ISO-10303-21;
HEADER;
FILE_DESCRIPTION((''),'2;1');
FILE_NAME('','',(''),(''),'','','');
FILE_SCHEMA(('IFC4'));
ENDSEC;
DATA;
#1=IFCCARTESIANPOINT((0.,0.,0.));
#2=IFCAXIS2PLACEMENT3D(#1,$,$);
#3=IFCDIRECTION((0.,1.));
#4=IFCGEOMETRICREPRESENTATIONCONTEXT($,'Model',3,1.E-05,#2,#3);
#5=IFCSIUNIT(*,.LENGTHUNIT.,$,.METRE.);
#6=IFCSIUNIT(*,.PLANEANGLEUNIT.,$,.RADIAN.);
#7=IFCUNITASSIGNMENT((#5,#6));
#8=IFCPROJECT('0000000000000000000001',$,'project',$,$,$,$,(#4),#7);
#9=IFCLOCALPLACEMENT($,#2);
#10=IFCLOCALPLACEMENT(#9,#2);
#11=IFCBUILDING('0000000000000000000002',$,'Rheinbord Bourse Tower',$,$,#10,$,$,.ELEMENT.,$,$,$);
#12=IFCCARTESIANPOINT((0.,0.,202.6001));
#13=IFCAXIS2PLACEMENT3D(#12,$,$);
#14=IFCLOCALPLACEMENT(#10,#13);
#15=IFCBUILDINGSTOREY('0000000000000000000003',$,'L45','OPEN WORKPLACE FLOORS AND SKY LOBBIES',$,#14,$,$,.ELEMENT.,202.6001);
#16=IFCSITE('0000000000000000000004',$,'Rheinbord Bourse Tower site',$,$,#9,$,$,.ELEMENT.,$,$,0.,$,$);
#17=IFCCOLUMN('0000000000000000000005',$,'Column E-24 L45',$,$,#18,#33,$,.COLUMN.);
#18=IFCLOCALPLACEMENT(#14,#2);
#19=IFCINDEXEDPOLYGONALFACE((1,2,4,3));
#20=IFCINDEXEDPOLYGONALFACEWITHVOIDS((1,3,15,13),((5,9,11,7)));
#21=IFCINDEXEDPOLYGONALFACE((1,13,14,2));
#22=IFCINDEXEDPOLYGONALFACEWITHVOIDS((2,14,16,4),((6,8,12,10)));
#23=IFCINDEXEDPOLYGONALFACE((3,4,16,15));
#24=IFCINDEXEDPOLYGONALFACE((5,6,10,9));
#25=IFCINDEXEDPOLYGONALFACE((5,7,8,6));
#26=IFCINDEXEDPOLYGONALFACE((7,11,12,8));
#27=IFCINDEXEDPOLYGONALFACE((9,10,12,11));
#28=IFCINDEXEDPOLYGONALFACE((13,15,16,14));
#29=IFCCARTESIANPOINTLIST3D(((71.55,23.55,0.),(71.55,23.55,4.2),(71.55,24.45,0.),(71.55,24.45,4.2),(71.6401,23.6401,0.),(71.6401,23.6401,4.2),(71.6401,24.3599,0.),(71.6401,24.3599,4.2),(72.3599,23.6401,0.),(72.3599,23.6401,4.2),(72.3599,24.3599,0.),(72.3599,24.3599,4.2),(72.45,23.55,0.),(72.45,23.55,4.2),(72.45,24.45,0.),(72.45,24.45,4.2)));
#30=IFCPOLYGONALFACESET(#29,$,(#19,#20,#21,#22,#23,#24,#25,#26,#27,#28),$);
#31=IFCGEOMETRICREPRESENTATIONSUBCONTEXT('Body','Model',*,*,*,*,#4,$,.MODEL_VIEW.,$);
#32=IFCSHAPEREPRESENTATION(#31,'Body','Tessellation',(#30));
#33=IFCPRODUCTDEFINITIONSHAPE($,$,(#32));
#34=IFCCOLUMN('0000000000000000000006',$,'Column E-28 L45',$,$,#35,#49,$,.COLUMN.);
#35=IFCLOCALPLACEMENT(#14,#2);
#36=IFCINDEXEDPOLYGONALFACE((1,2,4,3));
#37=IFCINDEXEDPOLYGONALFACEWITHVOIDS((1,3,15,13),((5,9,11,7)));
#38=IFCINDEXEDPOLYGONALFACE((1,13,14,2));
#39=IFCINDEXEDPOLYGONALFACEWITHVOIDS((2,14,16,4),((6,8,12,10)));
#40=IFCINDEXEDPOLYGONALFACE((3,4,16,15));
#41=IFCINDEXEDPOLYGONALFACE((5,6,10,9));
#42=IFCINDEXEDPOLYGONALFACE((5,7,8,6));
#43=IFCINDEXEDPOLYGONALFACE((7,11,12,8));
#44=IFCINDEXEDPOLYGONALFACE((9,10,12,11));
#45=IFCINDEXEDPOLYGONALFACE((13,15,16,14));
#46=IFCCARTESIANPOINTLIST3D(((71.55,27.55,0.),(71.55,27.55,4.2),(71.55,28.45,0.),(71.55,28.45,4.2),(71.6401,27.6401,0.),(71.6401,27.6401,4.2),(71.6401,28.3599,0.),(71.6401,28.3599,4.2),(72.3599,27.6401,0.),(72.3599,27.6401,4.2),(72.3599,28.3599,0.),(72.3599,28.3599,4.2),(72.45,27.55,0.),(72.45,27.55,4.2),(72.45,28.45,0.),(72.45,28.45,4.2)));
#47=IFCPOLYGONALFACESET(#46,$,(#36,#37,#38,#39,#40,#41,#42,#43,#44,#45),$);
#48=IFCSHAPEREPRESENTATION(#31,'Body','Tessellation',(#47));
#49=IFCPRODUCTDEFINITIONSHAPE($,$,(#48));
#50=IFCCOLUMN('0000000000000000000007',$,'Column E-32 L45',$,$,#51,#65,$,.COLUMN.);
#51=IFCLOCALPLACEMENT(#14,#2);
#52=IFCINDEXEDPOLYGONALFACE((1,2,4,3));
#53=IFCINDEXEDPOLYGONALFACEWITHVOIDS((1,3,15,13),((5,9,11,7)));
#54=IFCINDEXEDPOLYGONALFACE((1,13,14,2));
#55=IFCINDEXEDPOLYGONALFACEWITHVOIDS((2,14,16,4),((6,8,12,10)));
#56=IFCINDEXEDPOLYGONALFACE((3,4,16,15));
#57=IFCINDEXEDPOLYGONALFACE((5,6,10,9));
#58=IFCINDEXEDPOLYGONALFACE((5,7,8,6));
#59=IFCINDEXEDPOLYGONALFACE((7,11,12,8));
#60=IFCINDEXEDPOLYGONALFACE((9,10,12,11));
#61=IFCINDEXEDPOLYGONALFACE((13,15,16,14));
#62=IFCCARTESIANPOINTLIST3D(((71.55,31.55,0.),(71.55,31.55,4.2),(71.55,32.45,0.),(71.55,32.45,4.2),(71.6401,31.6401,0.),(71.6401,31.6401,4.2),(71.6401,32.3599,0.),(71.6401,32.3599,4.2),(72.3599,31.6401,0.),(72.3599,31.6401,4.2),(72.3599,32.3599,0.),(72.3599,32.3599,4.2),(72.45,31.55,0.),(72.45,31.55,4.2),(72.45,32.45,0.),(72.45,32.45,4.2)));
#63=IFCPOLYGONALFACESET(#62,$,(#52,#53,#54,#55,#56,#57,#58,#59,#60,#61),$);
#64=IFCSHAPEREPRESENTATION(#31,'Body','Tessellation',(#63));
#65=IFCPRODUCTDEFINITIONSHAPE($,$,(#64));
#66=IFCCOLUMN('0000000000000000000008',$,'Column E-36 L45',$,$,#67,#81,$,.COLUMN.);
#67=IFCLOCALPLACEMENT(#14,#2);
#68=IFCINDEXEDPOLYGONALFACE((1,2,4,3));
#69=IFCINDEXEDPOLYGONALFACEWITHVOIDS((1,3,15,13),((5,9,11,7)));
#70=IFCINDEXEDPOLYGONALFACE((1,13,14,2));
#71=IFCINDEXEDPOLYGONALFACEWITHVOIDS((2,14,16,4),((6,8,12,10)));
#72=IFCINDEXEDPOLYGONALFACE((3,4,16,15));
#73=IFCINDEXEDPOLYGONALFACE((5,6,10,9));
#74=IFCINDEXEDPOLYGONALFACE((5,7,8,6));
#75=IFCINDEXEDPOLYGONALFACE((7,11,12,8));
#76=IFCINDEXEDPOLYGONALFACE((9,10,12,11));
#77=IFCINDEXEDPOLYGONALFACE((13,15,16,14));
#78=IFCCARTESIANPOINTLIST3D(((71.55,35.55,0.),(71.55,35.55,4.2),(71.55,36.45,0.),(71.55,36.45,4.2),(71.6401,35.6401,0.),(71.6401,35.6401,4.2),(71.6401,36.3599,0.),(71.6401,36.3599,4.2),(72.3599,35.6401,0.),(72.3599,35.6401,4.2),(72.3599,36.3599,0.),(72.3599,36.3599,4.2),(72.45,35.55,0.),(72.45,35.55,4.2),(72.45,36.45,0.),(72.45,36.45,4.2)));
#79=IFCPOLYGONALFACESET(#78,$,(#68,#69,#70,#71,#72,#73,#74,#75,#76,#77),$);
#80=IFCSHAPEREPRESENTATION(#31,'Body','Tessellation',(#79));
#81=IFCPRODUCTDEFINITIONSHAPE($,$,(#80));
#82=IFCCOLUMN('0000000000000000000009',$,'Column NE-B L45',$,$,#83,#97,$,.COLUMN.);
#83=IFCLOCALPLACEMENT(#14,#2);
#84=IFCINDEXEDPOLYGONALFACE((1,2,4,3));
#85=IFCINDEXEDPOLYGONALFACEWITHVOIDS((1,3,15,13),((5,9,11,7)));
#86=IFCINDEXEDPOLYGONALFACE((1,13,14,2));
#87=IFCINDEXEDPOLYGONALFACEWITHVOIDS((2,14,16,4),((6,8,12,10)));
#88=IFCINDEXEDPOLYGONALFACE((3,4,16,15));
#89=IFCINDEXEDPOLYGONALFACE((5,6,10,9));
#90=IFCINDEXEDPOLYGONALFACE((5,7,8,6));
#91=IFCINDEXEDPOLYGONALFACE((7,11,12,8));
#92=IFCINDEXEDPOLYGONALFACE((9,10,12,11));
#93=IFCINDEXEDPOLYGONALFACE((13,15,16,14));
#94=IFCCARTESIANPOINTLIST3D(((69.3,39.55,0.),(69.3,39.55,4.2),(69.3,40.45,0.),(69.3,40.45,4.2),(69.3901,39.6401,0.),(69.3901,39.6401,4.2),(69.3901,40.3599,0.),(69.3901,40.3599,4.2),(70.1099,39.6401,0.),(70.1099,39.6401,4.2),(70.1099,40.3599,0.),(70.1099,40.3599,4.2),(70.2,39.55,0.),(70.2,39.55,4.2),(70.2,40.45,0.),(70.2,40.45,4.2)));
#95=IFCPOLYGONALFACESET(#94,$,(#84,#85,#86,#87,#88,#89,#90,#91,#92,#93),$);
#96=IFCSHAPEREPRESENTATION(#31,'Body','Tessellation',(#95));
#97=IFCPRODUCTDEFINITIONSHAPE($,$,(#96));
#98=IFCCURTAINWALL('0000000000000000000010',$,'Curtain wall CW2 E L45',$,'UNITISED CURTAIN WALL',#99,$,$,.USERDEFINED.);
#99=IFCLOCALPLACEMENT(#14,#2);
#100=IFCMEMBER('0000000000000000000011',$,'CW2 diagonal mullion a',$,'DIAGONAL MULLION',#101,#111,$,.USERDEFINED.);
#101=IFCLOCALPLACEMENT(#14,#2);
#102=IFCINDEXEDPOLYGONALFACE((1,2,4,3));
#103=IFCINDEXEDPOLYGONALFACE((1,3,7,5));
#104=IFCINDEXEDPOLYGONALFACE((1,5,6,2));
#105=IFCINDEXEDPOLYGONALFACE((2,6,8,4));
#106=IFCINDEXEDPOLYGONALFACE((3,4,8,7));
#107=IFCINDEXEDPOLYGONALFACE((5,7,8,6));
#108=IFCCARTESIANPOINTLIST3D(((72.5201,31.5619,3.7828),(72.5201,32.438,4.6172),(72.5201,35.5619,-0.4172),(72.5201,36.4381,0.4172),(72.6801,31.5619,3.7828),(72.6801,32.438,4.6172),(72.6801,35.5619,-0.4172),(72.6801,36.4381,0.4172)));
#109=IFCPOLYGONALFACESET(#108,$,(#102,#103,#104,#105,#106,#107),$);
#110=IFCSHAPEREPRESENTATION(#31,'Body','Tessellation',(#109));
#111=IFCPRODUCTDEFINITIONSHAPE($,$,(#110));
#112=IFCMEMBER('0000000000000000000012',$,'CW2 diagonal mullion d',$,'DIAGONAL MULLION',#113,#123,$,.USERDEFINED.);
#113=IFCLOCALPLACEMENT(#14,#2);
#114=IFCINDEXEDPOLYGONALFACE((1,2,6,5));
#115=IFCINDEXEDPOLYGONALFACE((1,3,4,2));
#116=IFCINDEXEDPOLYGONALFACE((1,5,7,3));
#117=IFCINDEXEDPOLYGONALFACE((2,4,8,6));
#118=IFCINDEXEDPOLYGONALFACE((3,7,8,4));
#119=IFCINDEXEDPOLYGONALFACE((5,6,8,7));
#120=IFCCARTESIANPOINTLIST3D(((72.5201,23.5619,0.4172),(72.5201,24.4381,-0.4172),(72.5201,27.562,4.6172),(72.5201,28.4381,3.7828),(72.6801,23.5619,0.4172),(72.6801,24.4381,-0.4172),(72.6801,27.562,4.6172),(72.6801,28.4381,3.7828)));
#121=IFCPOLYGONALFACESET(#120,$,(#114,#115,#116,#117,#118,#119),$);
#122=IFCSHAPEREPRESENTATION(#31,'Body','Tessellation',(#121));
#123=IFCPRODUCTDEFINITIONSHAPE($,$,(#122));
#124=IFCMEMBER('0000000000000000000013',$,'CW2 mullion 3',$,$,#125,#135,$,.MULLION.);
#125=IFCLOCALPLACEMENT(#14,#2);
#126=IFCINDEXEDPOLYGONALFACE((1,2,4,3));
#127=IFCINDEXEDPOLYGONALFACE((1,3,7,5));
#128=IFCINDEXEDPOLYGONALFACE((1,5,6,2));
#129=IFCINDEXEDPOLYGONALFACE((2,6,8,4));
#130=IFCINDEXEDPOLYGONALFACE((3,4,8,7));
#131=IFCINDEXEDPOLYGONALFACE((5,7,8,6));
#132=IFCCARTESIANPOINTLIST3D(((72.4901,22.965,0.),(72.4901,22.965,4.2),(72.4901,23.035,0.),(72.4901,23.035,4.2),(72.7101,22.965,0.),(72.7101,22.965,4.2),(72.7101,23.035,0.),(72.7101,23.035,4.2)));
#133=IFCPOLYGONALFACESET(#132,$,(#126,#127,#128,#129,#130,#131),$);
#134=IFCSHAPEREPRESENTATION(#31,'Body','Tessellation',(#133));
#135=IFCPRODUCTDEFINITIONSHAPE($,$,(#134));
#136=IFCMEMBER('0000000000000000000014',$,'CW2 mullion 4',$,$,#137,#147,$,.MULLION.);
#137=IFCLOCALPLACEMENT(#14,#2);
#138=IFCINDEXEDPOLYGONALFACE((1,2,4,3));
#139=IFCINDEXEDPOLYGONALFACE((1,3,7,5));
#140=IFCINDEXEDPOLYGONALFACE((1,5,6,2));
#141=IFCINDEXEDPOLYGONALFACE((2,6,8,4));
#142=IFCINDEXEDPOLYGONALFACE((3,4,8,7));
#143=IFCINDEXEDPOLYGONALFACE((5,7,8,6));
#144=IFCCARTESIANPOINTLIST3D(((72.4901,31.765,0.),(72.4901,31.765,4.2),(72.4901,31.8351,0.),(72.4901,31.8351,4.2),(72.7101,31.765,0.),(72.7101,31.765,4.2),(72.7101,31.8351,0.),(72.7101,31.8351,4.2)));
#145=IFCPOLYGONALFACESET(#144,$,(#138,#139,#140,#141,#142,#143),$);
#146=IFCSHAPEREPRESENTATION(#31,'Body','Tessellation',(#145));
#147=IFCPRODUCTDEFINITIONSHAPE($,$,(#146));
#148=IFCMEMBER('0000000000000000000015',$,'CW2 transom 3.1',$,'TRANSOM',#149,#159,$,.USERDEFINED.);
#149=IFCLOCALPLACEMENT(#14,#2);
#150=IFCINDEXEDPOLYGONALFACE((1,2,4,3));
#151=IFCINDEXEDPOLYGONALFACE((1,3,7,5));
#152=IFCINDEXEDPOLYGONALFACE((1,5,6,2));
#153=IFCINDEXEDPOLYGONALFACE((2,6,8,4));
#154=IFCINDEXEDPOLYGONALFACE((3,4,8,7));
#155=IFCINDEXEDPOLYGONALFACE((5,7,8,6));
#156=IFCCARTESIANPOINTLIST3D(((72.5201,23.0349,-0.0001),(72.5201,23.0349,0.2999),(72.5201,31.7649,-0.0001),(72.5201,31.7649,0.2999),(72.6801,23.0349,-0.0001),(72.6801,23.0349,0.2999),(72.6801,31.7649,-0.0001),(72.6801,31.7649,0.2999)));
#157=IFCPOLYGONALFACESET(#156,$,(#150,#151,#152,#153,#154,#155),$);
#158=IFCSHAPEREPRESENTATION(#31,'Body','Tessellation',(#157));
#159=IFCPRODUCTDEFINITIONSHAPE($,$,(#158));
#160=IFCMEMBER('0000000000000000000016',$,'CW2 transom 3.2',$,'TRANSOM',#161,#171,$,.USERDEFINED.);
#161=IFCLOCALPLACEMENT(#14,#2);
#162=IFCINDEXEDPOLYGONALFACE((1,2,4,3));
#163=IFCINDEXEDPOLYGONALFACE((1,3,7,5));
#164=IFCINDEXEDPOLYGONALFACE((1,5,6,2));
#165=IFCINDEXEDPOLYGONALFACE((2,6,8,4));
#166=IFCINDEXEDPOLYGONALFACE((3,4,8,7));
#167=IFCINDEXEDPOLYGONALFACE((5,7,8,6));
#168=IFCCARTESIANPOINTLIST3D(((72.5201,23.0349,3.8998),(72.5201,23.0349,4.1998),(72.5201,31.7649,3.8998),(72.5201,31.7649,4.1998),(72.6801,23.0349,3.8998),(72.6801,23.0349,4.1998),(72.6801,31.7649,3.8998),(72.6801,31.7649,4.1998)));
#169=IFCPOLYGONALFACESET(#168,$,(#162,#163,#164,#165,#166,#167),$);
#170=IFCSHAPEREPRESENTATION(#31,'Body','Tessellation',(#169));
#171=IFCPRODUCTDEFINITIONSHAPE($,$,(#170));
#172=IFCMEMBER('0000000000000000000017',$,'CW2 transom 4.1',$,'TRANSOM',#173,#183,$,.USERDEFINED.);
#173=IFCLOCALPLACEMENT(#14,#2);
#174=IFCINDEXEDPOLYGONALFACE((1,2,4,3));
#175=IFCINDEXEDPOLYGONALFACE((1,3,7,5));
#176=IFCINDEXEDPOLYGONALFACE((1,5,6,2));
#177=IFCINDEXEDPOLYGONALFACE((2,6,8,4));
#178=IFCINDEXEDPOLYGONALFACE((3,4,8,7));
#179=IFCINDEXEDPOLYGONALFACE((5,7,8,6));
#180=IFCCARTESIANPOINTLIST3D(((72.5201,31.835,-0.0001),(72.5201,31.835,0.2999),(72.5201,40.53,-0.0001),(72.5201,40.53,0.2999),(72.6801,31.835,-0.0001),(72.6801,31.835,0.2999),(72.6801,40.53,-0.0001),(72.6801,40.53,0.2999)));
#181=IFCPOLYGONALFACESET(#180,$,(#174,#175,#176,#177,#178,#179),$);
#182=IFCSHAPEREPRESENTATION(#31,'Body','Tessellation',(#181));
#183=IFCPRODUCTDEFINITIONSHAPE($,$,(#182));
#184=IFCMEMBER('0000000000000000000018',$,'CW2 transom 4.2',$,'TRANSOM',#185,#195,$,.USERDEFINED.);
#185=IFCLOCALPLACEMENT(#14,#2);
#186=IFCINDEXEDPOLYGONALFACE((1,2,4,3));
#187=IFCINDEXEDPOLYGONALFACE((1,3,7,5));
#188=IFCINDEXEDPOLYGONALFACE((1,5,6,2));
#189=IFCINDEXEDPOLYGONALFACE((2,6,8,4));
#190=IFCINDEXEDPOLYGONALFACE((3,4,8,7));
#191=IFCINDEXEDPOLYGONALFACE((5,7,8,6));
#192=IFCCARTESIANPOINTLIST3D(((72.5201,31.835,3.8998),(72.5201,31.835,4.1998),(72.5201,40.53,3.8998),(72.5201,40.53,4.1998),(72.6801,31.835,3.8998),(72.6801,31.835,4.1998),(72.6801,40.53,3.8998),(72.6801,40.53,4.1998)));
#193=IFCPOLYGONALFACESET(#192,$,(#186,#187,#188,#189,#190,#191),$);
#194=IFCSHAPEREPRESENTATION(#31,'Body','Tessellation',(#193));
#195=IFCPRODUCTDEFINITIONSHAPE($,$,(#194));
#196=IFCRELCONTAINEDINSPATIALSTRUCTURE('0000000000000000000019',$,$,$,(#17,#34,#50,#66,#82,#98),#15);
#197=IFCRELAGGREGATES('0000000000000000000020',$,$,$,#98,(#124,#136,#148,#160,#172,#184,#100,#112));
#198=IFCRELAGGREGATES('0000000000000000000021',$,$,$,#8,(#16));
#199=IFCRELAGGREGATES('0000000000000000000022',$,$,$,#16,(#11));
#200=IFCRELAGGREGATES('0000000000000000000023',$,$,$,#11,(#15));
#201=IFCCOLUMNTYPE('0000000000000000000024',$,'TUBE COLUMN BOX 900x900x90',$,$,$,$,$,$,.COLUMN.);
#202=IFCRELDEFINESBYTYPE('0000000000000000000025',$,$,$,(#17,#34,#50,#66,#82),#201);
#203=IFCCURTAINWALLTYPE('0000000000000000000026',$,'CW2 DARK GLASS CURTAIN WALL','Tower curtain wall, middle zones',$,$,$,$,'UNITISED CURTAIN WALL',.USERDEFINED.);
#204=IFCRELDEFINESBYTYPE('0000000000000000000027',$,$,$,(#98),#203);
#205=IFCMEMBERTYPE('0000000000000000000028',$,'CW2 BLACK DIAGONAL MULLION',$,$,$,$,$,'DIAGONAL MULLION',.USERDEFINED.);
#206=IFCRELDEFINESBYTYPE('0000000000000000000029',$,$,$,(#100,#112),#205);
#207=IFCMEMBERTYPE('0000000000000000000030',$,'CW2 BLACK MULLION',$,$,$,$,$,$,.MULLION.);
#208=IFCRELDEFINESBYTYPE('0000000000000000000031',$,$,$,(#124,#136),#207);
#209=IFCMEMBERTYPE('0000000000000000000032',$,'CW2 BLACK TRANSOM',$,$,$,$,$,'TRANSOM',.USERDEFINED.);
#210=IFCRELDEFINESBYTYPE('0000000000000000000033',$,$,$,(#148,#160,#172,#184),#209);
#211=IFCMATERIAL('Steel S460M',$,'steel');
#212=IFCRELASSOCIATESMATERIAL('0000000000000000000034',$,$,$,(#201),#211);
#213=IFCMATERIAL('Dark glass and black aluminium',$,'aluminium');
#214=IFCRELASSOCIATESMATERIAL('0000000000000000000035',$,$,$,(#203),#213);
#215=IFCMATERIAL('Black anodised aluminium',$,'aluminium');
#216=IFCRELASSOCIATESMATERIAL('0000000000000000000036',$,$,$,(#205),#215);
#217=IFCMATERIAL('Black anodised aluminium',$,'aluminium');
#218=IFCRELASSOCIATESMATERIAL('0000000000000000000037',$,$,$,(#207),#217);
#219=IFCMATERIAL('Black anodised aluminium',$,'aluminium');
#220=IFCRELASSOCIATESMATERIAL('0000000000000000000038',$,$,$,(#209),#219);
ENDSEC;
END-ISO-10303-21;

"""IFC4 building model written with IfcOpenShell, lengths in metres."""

from ifc_helpers import new_model, si_unit, direction, frame, origin, origin_2d, place, context, subcontext, project, spatial, rectangle, hollow_rectangle, extrude, material, material_profile, profile_set, type_object, element, aggregate, save


model = new_model("IFC4")

# Units and contexts
model_context = context("Model", 3, precision=1e-05, world=origin(), true_north=direction((0.0, 1.0)))
body_context = subcontext(model_context, "Body", "Model", "MODEL_VIEW")
ifc_project = project(units=[si_unit("LENGTHUNIT", "METRE"), si_unit("PLANEANGLEUNIT", "RADIAN")], contexts=[model_context])

# Site, building, storey
site_placement = place(None, origin())
site = spatial("IfcSite", under=ifc_project, at=site_placement, Name="Rheinbord Bourse Tower site", CompositionType="ELEMENT", RefElevation=0.0)
building_placement = place(site_placement, origin())
building = spatial("IfcBuilding", under=site, at=building_placement, Name="Rheinbord Bourse Tower", CompositionType="ELEMENT")
storey_placement = place(building_placement, frame((0.0, 0.0, 202.6001)))
storey = spatial("IfcBuildingStorey", under=building, at=storey_placement, Name="L45", Description="OPEN WORKPLACE FLOORS AND SKY LOBBIES", CompositionType="ELEMENT", Elevation=202.6001)

# Columns
ifc_material_1 = material(Name="Steel S460M", Category="steel")
ifc_material_profile_1 = material_profile(ifc_material_1, hollow_rectangle(XDim=0.8999, YDim=0.8999, WallThickness=0.0901, at=origin_2d()), Name="BOX 900x900x90")
ifc_profile_set_1 = profile_set([ifc_material_profile_1], Name="Steel S460M")
column_type = type_object("IfcColumnType", Name="TUBE COLUMN BOX 900x900x90", PredefinedType="COLUMN", material=ifc_profile_set_1)
for number, where, z_axis, x_axis, name in (
    (1, (72.0, 24.0, 0.0), (0.0, 0.0, 1.0), (1.0, 0.0, 0.0), "Column E-24 L45"),
    (2, (72.0, 28.0, 0.0), (0.0, 0.0, 1.0), (1.0, 0.0, 0.0), "Column E-28 L45"),
    (3, (72.0, 32.0, 0.0), (0.0, 0.0, 1.0), (1.0, 0.0, 0.0), "Column E-32 L45"),
    (4, (72.0, 36.0, 0.0), (0.0, 0.0, 1.0), (1.0, 0.0, 0.0), "Column E-36 L45"),
    (5, (69.75, 40.0, 0.0), (0.0, 0.0, 1.0), (1.0, 0.0, 0.0), "Column NE-B L45"),
):
    element("IfcColumn", number, at=place(storey_placement, frame(where, z_axis=z_axis, x_axis=x_axis)), inside=storey, type_object=column_type, Name=name, PredefinedType="COLUMN", context=body_context, shape_type="SweptSolid", body=[
        extrude(hollow_rectangle(XDim=0.8999, YDim=0.8999, WallThickness=0.0901, at=origin_2d()), origin(), (0.0, 0.0, 1.0), 4.2),
    ])

# Curtain wall, members
ifc_material_2 = material(Name="Dark glass and black aluminium", Category="aluminium")
curtain_wall_type = type_object("IfcCurtainWallType", Name="CW2 DARK GLASS CURTAIN WALL", Description="Tower curtain wall, middle zones", ElementType="UNITISED CURTAIN WALL", PredefinedType="USERDEFINED", material=ifc_material_2)
curtain_wall_placement = place(storey_placement, origin())
curtain_wall = element("IfcCurtainWall", 6, at=curtain_wall_placement, inside=storey, type_object=curtain_wall_type, Name="Curtain wall CW2 E L45", ObjectType="UNITISED CURTAIN WALL", PredefinedType="USERDEFINED")
ifc_material_3 = material(Name="Black anodised aluminium", Category="aluminium")
ifc_material_profile_2 = material_profile(ifc_material_3, rectangle(XDim=0.1599, YDim=1.21, at=origin_2d()), Name="CW2 DIAGONAL MULLION 1210x160")
ifc_profile_set_2 = profile_set([ifc_material_profile_2], Name="Black anodised aluminium")
member_type_1 = type_object("IfcMemberType", Name="CW2 BLACK DIAGONAL MULLION", ElementType="DIAGONAL MULLION", PredefinedType="USERDEFINED", material=ifc_profile_set_2)
member_1_placement = place(storey_placement, frame((72.6001, 36.0, 0.0), z_axis=(0.0, -0.689659, 0.724134), x_axis=(1.0, 0.0, 0.0)))
member_1 = element("IfcMember", 7, at=member_1_placement, type_object=member_type_1, Name="CW2 diagonal mullion a", ObjectType="DIAGONAL MULLION", PredefinedType="USERDEFINED", context=body_context, shape_type="SweptSolid", body=[
    extrude(rectangle(XDim=0.1599, YDim=1.21, at=origin_2d()), origin(), (0.0, 0.0, 1.0), 5.8),
])
member_2_placement = place(storey_placement, frame((72.6001, 24.0, 0.0), z_axis=(0.0, 0.689659, 0.724134), x_axis=(-1.0, 0.0, 0.0)))
member_2 = element("IfcMember", 8, at=member_2_placement, type_object=member_type_1, Name="CW2 diagonal mullion d", ObjectType="DIAGONAL MULLION", PredefinedType="USERDEFINED", context=body_context, shape_type="SweptSolid", body=[
    extrude(rectangle(XDim=0.1599, YDim=1.21, at=origin_2d()), origin(), (0.0, 0.0, 1.0), 5.8),
])
ifc_material_4 = material(Name="Black anodised aluminium", Category="aluminium")
ifc_material_profile_3 = material_profile(ifc_material_4, rectangle(XDim=0.22, YDim=0.0701, at=origin_2d()), Name="CW2 MULLION 70x220")
ifc_profile_set_3 = profile_set([ifc_material_profile_3], Name="Black anodised aluminium")
member_type_2 = type_object("IfcMemberType", Name="CW2 BLACK MULLION", PredefinedType="MULLION", material=ifc_profile_set_3)
member_3_placement = place(storey_placement, frame((72.6001, 23.0, 0.0), z_axis=(0.0, 0.0, 1.0), x_axis=(-1.0, 0.0, 0.0)))
member_3 = element("IfcMember", 9, at=member_3_placement, type_object=member_type_2, Name="CW2 mullion 3", PredefinedType="MULLION", context=body_context, shape_type="SweptSolid", body=[
    extrude(rectangle(XDim=0.22, YDim=0.0701, at=origin_2d()), origin(), (0.0, 0.0, 1.0), 4.2),
])
member_4_placement = place(storey_placement, frame((72.6001, 31.8, 0.0), z_axis=(0.0, 0.0, 1.0), x_axis=(-1.0, 0.0, 0.0)))
member_4 = element("IfcMember", 10, at=member_4_placement, type_object=member_type_2, Name="CW2 mullion 4", PredefinedType="MULLION", context=body_context, shape_type="SweptSolid", body=[
    extrude(rectangle(XDim=0.22, YDim=0.0701, at=origin_2d()), origin(), (0.0, 0.0, 1.0), 4.2),
])
ifc_material_5 = material(Name="Black anodised aluminium", Category="aluminium")
ifc_material_profile_4 = material_profile(ifc_material_5, rectangle(XDim=0.1599, YDim=0.3, at=origin_2d()), Name="CW2 TRANSOM 300x160")
ifc_profile_set_4 = profile_set([ifc_material_profile_4], Name="Black anodised aluminium")
member_type_3 = type_object("IfcMemberType", Name="CW2 BLACK TRANSOM", ElementType="TRANSOM", PredefinedType="USERDEFINED", material=ifc_profile_set_4)
member_5_placement = place(storey_placement, frame((72.6001, 23.0349, 0.1499), z_axis=(0.0, 1.0, 0.0), x_axis=(-1.0, 0.0, 0.0)))
member_5 = element("IfcMember", 11, at=member_5_placement, type_object=member_type_3, Name="CW2 transom 3.1", ObjectType="TRANSOM", PredefinedType="USERDEFINED", context=body_context, shape_type="SweptSolid", body=[
    extrude(rectangle(XDim=0.1599, YDim=0.3, at=origin_2d()), origin(), (0.0, 0.0, 1.0), 8.73),
])
member_6_placement = place(storey_placement, frame((72.6001, 23.0349, 4.0498), z_axis=(0.0, 1.0, 0.0), x_axis=(-1.0, 0.0, 0.0)))
member_6 = element("IfcMember", 12, at=member_6_placement, type_object=member_type_3, Name="CW2 transom 3.2", ObjectType="TRANSOM", PredefinedType="USERDEFINED", context=body_context, shape_type="SweptSolid", body=[
    extrude(rectangle(XDim=0.1599, YDim=0.3, at=origin_2d()), origin(), (0.0, 0.0, 1.0), 8.73),
])
member_7_placement = place(storey_placement, frame((72.6001, 31.835, 0.1499), z_axis=(0.0, 1.0, 0.0), x_axis=(-1.0, 0.0, 0.0)))
member_7 = element("IfcMember", 13, at=member_7_placement, type_object=member_type_3, Name="CW2 transom 4.1", ObjectType="TRANSOM", PredefinedType="USERDEFINED", context=body_context, shape_type="SweptSolid", body=[
    extrude(rectangle(XDim=0.1599, YDim=0.3, at=origin_2d()), origin(), (0.0, 0.0, 1.0), 8.6951),
])
member_8_placement = place(storey_placement, frame((72.6001, 31.835, 4.0498), z_axis=(0.0, 1.0, 0.0), x_axis=(-1.0, 0.0, 0.0)))
member_8 = element("IfcMember", 14, at=member_8_placement, type_object=member_type_3, Name="CW2 transom 4.2", ObjectType="TRANSOM", PredefinedType="USERDEFINED", context=body_context, shape_type="SweptSolid", body=[
    extrude(rectangle(XDim=0.1599, YDim=0.3, at=origin_2d()), origin(), (0.0, 0.0, 1.0), 8.6951),
])

aggregate(curtain_wall, [member_3, member_4, member_5, member_6, member_7, member_8, member_1, member_2])

save(model, "model.ifc")
